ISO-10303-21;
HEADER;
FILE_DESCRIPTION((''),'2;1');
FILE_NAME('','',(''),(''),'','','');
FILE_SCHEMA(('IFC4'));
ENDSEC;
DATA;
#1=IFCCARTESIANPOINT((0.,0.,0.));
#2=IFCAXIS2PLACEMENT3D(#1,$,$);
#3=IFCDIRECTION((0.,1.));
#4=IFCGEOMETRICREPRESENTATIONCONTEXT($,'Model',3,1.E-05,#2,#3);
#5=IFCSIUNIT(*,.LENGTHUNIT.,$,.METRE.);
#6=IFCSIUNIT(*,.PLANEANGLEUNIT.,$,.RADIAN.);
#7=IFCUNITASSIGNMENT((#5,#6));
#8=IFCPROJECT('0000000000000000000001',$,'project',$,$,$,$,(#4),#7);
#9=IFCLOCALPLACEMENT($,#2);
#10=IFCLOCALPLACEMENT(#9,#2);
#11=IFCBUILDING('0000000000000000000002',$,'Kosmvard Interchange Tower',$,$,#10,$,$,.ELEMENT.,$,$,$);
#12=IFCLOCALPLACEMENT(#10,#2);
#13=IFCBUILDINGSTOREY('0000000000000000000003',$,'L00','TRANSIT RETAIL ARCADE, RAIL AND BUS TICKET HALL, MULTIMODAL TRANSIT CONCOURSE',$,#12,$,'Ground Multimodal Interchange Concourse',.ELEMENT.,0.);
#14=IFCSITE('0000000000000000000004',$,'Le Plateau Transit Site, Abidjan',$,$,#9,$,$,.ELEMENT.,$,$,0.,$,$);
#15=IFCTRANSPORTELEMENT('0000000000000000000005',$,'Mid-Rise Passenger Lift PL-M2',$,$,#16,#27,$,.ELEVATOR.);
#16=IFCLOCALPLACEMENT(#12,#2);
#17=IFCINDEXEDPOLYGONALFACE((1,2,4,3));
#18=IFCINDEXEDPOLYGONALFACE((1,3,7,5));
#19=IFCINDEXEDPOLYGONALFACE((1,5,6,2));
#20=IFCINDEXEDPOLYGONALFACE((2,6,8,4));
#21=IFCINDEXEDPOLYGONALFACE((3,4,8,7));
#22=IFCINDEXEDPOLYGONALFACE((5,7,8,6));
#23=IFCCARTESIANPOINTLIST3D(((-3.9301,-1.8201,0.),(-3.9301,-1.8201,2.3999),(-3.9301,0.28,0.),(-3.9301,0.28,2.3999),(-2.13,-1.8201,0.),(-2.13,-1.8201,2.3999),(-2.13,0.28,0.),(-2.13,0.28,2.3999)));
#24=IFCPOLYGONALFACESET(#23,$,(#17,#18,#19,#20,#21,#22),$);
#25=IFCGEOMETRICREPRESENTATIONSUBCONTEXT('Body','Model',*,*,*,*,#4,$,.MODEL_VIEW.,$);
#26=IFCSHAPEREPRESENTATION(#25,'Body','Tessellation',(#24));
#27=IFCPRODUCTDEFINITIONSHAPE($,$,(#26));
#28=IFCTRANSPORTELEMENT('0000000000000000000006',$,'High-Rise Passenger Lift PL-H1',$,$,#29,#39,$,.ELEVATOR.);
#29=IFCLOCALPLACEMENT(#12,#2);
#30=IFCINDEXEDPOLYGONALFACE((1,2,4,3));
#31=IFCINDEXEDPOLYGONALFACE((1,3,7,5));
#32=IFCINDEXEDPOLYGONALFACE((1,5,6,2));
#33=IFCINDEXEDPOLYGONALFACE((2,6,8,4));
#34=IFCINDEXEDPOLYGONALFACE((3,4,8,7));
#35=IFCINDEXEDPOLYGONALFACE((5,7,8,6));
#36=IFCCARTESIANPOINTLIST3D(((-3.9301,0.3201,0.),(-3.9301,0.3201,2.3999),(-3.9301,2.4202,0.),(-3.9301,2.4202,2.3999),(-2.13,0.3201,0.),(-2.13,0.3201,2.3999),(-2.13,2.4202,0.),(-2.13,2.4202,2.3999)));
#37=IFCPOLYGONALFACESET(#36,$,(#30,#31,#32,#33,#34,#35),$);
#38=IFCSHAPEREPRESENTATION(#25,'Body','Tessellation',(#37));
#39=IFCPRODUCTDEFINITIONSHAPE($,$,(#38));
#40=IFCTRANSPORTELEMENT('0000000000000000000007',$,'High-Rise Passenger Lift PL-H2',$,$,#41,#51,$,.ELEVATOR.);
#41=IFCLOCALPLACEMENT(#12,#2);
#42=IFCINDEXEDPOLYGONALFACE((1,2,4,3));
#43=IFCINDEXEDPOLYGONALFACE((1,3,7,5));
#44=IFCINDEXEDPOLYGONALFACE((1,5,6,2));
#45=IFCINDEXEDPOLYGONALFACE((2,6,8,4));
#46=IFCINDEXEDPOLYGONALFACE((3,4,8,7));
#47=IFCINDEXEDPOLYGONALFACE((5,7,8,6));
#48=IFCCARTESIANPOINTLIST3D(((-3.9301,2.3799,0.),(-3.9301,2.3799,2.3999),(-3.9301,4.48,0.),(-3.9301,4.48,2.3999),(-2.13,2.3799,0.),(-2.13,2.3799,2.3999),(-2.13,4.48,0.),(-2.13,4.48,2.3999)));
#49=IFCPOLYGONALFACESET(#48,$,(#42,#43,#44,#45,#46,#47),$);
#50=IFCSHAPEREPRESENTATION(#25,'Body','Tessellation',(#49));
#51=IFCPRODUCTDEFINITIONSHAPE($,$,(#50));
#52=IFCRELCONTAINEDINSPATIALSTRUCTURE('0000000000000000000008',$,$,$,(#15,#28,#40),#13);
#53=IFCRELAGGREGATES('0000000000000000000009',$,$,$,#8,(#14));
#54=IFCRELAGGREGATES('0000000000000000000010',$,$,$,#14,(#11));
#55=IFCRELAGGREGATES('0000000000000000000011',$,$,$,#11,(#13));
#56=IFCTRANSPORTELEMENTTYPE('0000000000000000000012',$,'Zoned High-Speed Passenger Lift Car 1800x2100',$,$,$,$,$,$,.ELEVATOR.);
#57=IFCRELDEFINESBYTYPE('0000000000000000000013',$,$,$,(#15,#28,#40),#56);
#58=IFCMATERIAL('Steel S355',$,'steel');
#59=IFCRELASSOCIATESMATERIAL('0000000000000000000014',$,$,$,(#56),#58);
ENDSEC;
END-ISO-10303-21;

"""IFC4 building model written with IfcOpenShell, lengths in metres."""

from ifc_helpers import new_model, si_unit, direction, frame, origin, origin_2d, place, context, subcontext, project, spatial, rectangle, extrude, source, transform, mapped, material, type_object, element, save


model = new_model("IFC4")

# Units and contexts
model_context = context("Model", 3, precision=1e-05, world=origin(), true_north=direction((0.0, 1.0)))
body_context = subcontext(model_context, "Body", "Model", "MODEL_VIEW")
ifc_project = project(units=[si_unit("LENGTHUNIT", "METRE"), si_unit("PLANEANGLEUNIT", "RADIAN")], contexts=[model_context])

# Site, building, storey
site_placement = place(None, origin())
site = spatial("IfcSite", under=ifc_project, at=site_placement, Name="Le Plateau Transit Site, Abidjan", CompositionType="ELEMENT", RefElevation=0.0)
building_placement = place(site_placement, origin())
building = spatial("IfcBuilding", under=site, at=building_placement, Name="Kosmvard Interchange Tower", CompositionType="ELEMENT")
storey_placement = place(building_placement, origin())
storey = spatial("IfcBuildingStorey", under=building, at=storey_placement, Name="L00", Description="TRANSIT RETAIL ARCADE, RAIL AND BUS TICKET HALL, MULTIMODAL TRANSIT CONCOURSE", LongName="Ground Multimodal Interchange Concourse", CompositionType="ELEMENT", Elevation=0.0)

# Shared definitions
ifc_material_1 = material(Name="Steel S355", Category="steel")

# Transport elements
transport_element_type = type_object("IfcTransportElementType", Name="Zoned High-Speed Passenger Lift Car 1800x2100", PredefinedType="ELEVATOR", material=ifc_material_1)
shared_shape_1 = source(origin(), body_context, "Body", "SweptSolid", [
    extrude(rectangle(XDim=1.8, YDim=2.1001, at=origin_2d()), origin(), (0.0, 0.0, 1.0), 2.3999),
])
for number, where, z_axis, x_axis, name in (
    (1, (-3.03, -0.77, 0.0), (0.0, 0.0, 1.0), (1.0, 0.0, 0.0), "Mid-Rise Passenger Lift PL-M2"),
    (2, (-3.03, 1.3701, 0.0), (0.0, 0.0, 1.0), (1.0, 0.0, 0.0), "High-Rise Passenger Lift PL-H1"),
    (3, (-3.03, 3.4299, 0.0), (0.0, 0.0, 1.0), (1.0, 0.0, 0.0), "High-Rise Passenger Lift PL-H2"),
):
    element("IfcTransportElement", number, at=place(storey_placement, frame(where, z_axis=z_axis, x_axis=x_axis)), inside=storey, type_object=transport_element_type, Name=name, PredefinedType="ELEVATOR", context=body_context, shape_type="MappedRepresentation", body=[
        mapped(shared_shape_1, transform((0.0, 0.0, 0.0), scale=1.0)),
    ])

save(model, "model.ifc")
